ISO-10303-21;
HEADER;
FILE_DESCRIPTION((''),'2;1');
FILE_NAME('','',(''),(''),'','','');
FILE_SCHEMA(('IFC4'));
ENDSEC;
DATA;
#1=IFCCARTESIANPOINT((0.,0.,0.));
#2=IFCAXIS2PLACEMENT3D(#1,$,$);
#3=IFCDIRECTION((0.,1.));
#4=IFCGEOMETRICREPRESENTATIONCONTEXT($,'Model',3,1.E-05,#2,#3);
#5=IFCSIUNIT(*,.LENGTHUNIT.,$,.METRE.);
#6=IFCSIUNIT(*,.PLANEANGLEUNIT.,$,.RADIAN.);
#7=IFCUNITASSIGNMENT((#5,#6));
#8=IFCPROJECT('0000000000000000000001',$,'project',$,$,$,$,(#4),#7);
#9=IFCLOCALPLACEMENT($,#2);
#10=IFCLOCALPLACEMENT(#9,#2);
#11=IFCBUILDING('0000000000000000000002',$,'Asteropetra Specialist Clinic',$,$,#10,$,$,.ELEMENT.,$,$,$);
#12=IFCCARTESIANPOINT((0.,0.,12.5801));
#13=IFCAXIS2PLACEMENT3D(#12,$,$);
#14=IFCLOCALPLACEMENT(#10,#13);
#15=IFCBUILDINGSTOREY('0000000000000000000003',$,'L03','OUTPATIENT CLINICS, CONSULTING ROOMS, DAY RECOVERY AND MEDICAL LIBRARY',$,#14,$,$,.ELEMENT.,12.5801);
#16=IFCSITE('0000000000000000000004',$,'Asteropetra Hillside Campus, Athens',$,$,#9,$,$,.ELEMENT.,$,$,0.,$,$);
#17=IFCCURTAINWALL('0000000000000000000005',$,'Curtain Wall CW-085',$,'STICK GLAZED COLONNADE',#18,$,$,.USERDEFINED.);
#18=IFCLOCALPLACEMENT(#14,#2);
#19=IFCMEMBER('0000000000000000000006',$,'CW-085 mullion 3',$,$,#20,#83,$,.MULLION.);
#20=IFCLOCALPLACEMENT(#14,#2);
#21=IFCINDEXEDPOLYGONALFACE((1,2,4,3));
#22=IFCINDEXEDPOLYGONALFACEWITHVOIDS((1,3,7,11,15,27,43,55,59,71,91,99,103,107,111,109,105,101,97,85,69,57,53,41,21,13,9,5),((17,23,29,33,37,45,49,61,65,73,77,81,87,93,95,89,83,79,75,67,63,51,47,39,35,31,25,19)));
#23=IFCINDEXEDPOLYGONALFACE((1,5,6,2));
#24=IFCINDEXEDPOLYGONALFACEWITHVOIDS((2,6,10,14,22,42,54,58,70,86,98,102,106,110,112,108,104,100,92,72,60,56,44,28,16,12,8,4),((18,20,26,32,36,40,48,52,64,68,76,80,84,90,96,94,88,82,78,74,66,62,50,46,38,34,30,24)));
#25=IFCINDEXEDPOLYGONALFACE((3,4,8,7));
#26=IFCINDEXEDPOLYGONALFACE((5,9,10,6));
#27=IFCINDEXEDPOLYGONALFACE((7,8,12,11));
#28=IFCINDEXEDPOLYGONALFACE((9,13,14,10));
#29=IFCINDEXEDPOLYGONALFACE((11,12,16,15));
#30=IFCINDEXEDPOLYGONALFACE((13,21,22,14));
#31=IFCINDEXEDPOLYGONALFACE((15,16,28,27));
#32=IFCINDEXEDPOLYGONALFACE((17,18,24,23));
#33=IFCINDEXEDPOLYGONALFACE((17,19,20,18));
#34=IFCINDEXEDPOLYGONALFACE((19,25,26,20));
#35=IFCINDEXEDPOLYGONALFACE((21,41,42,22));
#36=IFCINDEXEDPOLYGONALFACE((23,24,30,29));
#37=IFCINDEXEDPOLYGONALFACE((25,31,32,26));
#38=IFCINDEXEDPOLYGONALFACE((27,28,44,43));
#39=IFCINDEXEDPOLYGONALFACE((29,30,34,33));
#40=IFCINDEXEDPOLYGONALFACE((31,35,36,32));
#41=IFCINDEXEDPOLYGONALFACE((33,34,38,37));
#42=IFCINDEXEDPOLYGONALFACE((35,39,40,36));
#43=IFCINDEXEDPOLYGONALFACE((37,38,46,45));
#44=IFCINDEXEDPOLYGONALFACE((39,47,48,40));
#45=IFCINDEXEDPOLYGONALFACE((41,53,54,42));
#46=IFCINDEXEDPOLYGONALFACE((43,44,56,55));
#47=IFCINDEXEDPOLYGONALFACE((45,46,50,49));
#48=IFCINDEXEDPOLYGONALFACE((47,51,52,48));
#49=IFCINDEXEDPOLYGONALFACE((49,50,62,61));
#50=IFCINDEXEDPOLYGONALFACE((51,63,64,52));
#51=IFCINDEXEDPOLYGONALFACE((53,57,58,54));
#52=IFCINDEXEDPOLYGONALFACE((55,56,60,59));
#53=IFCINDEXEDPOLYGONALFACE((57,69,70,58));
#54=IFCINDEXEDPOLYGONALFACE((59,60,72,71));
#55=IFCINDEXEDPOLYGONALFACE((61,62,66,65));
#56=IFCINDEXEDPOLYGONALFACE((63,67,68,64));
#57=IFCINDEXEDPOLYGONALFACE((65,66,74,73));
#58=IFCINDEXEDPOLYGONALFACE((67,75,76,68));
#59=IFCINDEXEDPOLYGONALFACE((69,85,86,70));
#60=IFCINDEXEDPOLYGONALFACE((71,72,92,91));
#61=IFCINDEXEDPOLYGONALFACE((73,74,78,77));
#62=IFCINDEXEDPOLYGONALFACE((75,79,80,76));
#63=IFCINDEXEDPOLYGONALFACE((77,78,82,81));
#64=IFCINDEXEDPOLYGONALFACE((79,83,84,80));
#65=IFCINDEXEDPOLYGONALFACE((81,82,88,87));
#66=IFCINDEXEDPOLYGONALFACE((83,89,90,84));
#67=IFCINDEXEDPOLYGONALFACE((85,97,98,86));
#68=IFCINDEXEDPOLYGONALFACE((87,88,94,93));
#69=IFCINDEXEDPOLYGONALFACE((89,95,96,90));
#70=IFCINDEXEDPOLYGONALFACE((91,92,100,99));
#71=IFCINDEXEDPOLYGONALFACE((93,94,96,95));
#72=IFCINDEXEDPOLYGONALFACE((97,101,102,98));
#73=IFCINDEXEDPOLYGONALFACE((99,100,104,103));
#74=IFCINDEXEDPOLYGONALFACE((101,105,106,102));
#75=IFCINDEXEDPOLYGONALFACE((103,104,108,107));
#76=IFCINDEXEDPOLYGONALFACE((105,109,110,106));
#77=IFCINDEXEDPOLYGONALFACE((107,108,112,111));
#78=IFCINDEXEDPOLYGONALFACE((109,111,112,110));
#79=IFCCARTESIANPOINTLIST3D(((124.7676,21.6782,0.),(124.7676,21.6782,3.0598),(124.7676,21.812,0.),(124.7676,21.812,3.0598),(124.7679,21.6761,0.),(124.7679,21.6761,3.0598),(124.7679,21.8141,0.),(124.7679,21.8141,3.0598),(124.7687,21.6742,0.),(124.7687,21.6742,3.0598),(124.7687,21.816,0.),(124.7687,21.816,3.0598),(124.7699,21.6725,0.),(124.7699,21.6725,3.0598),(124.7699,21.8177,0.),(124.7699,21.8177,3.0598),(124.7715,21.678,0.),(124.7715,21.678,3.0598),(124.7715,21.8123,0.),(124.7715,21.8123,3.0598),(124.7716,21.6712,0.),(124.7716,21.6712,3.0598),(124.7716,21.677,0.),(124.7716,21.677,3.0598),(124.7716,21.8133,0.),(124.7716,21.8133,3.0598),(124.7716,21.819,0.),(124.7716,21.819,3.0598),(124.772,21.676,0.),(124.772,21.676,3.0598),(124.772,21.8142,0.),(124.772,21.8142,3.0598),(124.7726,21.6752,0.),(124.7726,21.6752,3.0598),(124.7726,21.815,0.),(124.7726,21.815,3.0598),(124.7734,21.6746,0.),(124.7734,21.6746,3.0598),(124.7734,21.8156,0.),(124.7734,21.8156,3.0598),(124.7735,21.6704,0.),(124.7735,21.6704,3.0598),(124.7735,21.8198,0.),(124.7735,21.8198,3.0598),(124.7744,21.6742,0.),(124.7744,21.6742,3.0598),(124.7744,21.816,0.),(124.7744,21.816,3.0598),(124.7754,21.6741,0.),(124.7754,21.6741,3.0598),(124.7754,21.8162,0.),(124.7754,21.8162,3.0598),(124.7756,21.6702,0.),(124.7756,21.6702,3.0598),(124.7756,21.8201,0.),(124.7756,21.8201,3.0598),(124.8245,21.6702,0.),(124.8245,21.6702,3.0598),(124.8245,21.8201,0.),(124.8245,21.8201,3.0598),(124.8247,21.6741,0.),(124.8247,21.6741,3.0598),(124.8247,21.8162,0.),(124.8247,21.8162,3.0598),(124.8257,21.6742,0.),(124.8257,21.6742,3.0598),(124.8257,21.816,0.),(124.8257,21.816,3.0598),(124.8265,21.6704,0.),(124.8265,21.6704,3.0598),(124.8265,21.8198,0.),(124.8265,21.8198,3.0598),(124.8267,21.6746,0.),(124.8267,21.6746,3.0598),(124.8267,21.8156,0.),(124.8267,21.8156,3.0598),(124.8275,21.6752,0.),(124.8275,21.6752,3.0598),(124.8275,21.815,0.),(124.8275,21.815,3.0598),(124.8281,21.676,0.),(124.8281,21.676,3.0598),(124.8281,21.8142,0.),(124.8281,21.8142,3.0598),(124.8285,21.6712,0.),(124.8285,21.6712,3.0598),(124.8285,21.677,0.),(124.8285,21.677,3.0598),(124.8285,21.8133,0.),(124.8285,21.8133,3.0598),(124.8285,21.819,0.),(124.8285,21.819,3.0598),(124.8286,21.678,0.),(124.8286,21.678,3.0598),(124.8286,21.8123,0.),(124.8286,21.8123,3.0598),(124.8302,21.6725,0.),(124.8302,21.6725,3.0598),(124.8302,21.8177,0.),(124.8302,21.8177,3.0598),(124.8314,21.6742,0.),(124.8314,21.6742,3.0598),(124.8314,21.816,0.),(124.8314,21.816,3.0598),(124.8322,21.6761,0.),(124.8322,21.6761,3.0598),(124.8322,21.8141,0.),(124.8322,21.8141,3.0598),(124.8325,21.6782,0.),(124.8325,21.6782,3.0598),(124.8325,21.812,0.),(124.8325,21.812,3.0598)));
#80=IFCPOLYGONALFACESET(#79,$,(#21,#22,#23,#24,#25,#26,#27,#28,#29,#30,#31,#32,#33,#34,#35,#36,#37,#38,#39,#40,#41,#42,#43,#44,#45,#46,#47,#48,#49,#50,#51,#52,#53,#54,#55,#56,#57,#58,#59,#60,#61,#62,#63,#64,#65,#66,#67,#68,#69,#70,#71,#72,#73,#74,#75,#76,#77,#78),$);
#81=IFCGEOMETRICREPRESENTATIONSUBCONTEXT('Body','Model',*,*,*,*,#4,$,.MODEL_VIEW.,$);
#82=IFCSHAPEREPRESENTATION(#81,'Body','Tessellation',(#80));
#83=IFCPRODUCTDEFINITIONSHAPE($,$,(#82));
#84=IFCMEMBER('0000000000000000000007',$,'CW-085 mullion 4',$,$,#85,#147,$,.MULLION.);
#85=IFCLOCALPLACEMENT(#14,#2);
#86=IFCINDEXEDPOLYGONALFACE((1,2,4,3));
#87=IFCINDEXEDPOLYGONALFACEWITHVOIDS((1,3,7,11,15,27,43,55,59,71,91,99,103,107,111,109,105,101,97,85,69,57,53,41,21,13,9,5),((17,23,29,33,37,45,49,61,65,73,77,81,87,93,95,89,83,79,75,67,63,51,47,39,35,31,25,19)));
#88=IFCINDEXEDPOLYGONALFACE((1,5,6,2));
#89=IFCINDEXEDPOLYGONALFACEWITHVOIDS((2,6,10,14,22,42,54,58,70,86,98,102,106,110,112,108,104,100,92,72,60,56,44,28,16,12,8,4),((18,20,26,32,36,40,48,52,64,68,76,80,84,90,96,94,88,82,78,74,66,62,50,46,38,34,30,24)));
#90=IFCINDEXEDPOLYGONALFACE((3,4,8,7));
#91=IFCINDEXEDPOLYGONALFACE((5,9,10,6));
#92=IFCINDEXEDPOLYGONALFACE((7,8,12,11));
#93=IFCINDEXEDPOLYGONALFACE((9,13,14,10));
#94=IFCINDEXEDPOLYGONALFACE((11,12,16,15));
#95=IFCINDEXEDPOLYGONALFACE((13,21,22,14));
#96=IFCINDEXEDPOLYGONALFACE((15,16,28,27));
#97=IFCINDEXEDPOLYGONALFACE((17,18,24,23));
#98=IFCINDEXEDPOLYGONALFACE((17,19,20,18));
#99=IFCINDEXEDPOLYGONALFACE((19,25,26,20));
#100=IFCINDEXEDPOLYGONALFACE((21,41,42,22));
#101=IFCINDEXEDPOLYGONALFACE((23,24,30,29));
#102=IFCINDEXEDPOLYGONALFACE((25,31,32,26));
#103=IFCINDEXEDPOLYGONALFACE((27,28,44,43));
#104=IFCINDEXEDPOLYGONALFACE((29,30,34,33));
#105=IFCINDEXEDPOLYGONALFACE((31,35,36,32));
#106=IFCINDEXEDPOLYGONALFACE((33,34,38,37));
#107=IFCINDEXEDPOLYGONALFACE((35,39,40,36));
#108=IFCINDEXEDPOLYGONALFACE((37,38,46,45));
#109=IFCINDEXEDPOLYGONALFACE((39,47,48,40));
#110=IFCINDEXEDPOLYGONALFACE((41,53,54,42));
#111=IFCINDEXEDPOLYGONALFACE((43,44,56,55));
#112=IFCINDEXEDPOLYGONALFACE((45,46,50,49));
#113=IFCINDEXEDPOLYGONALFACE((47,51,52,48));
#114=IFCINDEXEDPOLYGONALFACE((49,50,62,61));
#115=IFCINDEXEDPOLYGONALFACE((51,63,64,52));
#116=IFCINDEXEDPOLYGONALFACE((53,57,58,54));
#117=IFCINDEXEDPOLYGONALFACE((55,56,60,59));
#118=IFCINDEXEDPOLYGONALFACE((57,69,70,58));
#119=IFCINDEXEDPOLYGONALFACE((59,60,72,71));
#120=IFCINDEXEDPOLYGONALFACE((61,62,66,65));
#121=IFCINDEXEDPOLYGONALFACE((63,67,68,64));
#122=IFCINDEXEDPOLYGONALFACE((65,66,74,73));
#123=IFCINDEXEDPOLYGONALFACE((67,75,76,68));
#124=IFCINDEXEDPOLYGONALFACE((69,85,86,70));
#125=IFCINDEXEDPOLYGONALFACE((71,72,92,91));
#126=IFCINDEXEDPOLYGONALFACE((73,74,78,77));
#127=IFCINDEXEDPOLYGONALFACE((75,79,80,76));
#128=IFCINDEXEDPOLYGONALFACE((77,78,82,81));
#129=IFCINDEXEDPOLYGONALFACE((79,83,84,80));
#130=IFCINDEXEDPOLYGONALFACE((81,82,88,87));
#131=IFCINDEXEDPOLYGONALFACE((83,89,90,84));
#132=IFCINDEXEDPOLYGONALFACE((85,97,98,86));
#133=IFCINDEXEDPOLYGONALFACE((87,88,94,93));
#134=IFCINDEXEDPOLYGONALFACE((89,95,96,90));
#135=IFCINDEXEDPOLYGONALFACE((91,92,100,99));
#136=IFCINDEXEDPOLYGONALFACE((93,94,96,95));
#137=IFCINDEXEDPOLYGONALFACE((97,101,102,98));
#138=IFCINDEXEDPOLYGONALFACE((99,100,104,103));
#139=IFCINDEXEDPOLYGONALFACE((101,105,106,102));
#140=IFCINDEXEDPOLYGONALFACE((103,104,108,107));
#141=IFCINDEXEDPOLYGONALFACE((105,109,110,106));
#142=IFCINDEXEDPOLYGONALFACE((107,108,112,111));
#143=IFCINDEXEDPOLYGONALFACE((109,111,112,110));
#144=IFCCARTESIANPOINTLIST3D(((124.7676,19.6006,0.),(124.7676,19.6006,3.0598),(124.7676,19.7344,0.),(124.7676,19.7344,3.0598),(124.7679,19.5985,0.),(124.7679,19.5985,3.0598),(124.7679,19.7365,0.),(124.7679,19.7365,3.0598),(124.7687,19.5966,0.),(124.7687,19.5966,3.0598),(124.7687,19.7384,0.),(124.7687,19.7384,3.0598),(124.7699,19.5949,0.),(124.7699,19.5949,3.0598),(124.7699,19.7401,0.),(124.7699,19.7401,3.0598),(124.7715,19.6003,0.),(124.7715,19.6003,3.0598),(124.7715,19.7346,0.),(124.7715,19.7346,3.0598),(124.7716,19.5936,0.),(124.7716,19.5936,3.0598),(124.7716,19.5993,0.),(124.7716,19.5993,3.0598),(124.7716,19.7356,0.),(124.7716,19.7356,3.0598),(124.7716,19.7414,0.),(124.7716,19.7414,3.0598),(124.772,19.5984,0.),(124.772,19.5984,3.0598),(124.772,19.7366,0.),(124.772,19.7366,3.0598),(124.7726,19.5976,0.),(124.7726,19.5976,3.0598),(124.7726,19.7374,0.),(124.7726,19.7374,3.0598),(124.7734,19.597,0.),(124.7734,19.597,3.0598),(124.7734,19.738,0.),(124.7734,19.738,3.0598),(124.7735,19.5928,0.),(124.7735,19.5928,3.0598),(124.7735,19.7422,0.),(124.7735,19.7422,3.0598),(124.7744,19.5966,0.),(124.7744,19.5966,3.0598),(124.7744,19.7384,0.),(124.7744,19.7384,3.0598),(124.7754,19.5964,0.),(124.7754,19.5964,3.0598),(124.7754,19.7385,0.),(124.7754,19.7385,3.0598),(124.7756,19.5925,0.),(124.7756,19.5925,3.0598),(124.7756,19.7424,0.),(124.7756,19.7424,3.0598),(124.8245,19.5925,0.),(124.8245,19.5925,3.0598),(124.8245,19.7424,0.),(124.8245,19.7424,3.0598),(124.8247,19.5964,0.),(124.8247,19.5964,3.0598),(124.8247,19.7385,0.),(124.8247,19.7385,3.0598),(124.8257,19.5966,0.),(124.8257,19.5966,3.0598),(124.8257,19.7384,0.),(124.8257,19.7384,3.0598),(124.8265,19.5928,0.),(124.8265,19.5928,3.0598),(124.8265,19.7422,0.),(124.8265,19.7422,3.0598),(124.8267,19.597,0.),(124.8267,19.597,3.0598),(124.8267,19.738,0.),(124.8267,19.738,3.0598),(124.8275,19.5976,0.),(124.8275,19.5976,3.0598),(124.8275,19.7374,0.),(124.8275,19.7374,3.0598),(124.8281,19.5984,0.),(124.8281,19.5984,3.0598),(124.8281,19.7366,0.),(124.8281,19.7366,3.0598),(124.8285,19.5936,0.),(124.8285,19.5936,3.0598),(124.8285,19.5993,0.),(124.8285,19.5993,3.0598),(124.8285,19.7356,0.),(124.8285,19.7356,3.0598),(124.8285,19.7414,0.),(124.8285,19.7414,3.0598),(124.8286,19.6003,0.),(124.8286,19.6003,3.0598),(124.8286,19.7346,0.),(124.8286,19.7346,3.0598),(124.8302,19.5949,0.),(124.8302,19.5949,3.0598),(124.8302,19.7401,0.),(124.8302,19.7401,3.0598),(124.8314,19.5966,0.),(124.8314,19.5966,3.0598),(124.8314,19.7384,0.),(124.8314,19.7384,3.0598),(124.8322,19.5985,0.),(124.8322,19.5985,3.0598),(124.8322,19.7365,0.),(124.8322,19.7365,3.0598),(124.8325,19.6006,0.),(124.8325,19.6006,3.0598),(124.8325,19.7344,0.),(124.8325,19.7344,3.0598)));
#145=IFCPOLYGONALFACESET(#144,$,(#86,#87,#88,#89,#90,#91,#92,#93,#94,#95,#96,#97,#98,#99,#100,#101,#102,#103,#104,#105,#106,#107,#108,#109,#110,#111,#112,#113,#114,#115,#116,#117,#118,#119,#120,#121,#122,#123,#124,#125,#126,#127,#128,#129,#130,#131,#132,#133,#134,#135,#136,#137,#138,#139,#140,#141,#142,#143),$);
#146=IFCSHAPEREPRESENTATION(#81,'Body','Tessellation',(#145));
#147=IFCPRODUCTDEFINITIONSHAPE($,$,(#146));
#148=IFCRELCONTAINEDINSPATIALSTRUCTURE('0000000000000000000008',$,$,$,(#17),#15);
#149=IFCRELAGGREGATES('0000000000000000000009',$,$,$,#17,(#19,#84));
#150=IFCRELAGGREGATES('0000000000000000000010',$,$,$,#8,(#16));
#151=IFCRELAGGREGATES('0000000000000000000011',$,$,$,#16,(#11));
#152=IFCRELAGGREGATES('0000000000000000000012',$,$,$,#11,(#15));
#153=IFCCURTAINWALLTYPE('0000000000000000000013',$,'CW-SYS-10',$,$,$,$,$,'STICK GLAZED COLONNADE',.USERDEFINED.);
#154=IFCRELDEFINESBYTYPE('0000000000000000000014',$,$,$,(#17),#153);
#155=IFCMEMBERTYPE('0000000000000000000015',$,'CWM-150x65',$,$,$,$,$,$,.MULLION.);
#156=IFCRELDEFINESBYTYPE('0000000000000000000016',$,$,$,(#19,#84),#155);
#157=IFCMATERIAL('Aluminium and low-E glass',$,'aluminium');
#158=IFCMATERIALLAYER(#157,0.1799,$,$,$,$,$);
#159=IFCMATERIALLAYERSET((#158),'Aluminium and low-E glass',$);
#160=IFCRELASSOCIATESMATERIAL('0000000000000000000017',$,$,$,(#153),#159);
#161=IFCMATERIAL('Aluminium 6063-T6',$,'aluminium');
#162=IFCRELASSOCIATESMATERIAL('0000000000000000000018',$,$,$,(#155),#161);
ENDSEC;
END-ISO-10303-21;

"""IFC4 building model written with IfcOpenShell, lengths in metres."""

from ifc_helpers import new_model, si_unit, direction, frame, origin, origin_2d, place, context, subcontext, project, spatial, hollow_rectangle, extrude, material, layer, layer_set, material_profile, profile_set, type_object, element, aggregate, save


model = new_model("IFC4")

# Units and contexts
model_context = context("Model", 3, precision=1e-05, world=origin(), true_north=direction((0.0, 1.0)))
body_context = subcontext(model_context, "Body", "Model", "MODEL_VIEW")
ifc_project = project(units=[si_unit("LENGTHUNIT", "METRE"), si_unit("PLANEANGLEUNIT", "RADIAN")], contexts=[model_context])

# Site, building, storey
site_placement = place(None, origin())
site = spatial("IfcSite", under=ifc_project, at=site_placement, Name="Asteropetra Hillside Campus, Athens", CompositionType="ELEMENT", RefElevation=0.0)
building_placement = place(site_placement, origin())
building = spatial("IfcBuilding", under=site, at=building_placement, Name="Asteropetra Specialist Clinic", CompositionType="ELEMENT")
storey_placement = place(building_placement, frame((0.0, 0.0, 12.5801)))
storey = spatial("IfcBuildingStorey", under=building, at=storey_placement, Name="L03", Description="OUTPATIENT CLINICS, CONSULTING ROOMS, DAY RECOVERY AND MEDICAL LIBRARY", CompositionType="ELEMENT", Elevation=12.5801)

# Curtain wall, members
ifc_material_1 = material(Name="Aluminium and low-E glass", Category="aluminium")
ifc_layer_1 = layer(ifc_material_1, 0.1799)
ifc_layer_set_1 = layer_set([ifc_layer_1], Name="Aluminium and low-E glass")
curtain_wall_type_1 = type_object("IfcCurtainWallType", Name="CW-SYS-10", ElementType="STICK GLAZED COLONNADE", PredefinedType="USERDEFINED", material=ifc_layer_set_1)
curtain_wall_1_placement = place(storey_placement, origin())
curtain_wall_1 = element("IfcCurtainWall", 1, at=curtain_wall_1_placement, inside=storey, type_object=curtain_wall_type_1, Name="Curtain Wall CW-085", ObjectType="STICK GLAZED COLONNADE", PredefinedType="USERDEFINED")
ifc_material_2 = material(Name="Aluminium 6063-T6", Category="aluminium")
ifc_material_profile_1 = material_profile(ifc_material_2, hollow_rectangle(XDim=0.0649, YDim=0.1499, WallThickness=0.0039, InnerFilletRadius=0.0039, OuterFilletRadius=0.0081, at=origin_2d()), Name="MUL 150x65x4.0")
ifc_profile_set_1 = profile_set([ifc_material_profile_1], Name="Aluminium 6063-T6")
member_type_1 = type_object("IfcMemberType", Name="CWM-150x65", PredefinedType="MULLION", material=ifc_profile_set_1)
member_1_placement = place(storey_placement, frame((124.8, 21.7451, 0.0), z_axis=(0.0, 0.0, 1.0), x_axis=(1.0, 0.0, 0.0)))
member_1 = element("IfcMember", 2, at=member_1_placement, type_object=member_type_1, Name="CW-085 mullion 3", PredefinedType="MULLION", context=body_context, shape_type="SweptSolid", body=[
    extrude(hollow_rectangle(XDim=0.0649, YDim=0.1499, WallThickness=0.0039, InnerFilletRadius=0.0039, OuterFilletRadius=0.0081, at=origin_2d()), origin(), (0.0, 0.0, 1.0), 3.0598),
])
member_2_placement = place(storey_placement, frame((124.8, 19.6675, 0.0), z_axis=(0.0, 0.0, 1.0), x_axis=(1.0, 0.0, 0.0)))
member_2 = element("IfcMember", 3, at=member_2_placement, type_object=member_type_1, Name="CW-085 mullion 4", PredefinedType="MULLION", context=body_context, shape_type="SweptSolid", body=[
    extrude(hollow_rectangle(XDim=0.0649, YDim=0.1499, WallThickness=0.0039, InnerFilletRadius=0.0039, OuterFilletRadius=0.0081, at=origin_2d()), origin(), (0.0, 0.0, 1.0), 3.0598),
])

aggregate(curtain_wall_1, [member_1, member_2])

save(model, "model.ifc")
